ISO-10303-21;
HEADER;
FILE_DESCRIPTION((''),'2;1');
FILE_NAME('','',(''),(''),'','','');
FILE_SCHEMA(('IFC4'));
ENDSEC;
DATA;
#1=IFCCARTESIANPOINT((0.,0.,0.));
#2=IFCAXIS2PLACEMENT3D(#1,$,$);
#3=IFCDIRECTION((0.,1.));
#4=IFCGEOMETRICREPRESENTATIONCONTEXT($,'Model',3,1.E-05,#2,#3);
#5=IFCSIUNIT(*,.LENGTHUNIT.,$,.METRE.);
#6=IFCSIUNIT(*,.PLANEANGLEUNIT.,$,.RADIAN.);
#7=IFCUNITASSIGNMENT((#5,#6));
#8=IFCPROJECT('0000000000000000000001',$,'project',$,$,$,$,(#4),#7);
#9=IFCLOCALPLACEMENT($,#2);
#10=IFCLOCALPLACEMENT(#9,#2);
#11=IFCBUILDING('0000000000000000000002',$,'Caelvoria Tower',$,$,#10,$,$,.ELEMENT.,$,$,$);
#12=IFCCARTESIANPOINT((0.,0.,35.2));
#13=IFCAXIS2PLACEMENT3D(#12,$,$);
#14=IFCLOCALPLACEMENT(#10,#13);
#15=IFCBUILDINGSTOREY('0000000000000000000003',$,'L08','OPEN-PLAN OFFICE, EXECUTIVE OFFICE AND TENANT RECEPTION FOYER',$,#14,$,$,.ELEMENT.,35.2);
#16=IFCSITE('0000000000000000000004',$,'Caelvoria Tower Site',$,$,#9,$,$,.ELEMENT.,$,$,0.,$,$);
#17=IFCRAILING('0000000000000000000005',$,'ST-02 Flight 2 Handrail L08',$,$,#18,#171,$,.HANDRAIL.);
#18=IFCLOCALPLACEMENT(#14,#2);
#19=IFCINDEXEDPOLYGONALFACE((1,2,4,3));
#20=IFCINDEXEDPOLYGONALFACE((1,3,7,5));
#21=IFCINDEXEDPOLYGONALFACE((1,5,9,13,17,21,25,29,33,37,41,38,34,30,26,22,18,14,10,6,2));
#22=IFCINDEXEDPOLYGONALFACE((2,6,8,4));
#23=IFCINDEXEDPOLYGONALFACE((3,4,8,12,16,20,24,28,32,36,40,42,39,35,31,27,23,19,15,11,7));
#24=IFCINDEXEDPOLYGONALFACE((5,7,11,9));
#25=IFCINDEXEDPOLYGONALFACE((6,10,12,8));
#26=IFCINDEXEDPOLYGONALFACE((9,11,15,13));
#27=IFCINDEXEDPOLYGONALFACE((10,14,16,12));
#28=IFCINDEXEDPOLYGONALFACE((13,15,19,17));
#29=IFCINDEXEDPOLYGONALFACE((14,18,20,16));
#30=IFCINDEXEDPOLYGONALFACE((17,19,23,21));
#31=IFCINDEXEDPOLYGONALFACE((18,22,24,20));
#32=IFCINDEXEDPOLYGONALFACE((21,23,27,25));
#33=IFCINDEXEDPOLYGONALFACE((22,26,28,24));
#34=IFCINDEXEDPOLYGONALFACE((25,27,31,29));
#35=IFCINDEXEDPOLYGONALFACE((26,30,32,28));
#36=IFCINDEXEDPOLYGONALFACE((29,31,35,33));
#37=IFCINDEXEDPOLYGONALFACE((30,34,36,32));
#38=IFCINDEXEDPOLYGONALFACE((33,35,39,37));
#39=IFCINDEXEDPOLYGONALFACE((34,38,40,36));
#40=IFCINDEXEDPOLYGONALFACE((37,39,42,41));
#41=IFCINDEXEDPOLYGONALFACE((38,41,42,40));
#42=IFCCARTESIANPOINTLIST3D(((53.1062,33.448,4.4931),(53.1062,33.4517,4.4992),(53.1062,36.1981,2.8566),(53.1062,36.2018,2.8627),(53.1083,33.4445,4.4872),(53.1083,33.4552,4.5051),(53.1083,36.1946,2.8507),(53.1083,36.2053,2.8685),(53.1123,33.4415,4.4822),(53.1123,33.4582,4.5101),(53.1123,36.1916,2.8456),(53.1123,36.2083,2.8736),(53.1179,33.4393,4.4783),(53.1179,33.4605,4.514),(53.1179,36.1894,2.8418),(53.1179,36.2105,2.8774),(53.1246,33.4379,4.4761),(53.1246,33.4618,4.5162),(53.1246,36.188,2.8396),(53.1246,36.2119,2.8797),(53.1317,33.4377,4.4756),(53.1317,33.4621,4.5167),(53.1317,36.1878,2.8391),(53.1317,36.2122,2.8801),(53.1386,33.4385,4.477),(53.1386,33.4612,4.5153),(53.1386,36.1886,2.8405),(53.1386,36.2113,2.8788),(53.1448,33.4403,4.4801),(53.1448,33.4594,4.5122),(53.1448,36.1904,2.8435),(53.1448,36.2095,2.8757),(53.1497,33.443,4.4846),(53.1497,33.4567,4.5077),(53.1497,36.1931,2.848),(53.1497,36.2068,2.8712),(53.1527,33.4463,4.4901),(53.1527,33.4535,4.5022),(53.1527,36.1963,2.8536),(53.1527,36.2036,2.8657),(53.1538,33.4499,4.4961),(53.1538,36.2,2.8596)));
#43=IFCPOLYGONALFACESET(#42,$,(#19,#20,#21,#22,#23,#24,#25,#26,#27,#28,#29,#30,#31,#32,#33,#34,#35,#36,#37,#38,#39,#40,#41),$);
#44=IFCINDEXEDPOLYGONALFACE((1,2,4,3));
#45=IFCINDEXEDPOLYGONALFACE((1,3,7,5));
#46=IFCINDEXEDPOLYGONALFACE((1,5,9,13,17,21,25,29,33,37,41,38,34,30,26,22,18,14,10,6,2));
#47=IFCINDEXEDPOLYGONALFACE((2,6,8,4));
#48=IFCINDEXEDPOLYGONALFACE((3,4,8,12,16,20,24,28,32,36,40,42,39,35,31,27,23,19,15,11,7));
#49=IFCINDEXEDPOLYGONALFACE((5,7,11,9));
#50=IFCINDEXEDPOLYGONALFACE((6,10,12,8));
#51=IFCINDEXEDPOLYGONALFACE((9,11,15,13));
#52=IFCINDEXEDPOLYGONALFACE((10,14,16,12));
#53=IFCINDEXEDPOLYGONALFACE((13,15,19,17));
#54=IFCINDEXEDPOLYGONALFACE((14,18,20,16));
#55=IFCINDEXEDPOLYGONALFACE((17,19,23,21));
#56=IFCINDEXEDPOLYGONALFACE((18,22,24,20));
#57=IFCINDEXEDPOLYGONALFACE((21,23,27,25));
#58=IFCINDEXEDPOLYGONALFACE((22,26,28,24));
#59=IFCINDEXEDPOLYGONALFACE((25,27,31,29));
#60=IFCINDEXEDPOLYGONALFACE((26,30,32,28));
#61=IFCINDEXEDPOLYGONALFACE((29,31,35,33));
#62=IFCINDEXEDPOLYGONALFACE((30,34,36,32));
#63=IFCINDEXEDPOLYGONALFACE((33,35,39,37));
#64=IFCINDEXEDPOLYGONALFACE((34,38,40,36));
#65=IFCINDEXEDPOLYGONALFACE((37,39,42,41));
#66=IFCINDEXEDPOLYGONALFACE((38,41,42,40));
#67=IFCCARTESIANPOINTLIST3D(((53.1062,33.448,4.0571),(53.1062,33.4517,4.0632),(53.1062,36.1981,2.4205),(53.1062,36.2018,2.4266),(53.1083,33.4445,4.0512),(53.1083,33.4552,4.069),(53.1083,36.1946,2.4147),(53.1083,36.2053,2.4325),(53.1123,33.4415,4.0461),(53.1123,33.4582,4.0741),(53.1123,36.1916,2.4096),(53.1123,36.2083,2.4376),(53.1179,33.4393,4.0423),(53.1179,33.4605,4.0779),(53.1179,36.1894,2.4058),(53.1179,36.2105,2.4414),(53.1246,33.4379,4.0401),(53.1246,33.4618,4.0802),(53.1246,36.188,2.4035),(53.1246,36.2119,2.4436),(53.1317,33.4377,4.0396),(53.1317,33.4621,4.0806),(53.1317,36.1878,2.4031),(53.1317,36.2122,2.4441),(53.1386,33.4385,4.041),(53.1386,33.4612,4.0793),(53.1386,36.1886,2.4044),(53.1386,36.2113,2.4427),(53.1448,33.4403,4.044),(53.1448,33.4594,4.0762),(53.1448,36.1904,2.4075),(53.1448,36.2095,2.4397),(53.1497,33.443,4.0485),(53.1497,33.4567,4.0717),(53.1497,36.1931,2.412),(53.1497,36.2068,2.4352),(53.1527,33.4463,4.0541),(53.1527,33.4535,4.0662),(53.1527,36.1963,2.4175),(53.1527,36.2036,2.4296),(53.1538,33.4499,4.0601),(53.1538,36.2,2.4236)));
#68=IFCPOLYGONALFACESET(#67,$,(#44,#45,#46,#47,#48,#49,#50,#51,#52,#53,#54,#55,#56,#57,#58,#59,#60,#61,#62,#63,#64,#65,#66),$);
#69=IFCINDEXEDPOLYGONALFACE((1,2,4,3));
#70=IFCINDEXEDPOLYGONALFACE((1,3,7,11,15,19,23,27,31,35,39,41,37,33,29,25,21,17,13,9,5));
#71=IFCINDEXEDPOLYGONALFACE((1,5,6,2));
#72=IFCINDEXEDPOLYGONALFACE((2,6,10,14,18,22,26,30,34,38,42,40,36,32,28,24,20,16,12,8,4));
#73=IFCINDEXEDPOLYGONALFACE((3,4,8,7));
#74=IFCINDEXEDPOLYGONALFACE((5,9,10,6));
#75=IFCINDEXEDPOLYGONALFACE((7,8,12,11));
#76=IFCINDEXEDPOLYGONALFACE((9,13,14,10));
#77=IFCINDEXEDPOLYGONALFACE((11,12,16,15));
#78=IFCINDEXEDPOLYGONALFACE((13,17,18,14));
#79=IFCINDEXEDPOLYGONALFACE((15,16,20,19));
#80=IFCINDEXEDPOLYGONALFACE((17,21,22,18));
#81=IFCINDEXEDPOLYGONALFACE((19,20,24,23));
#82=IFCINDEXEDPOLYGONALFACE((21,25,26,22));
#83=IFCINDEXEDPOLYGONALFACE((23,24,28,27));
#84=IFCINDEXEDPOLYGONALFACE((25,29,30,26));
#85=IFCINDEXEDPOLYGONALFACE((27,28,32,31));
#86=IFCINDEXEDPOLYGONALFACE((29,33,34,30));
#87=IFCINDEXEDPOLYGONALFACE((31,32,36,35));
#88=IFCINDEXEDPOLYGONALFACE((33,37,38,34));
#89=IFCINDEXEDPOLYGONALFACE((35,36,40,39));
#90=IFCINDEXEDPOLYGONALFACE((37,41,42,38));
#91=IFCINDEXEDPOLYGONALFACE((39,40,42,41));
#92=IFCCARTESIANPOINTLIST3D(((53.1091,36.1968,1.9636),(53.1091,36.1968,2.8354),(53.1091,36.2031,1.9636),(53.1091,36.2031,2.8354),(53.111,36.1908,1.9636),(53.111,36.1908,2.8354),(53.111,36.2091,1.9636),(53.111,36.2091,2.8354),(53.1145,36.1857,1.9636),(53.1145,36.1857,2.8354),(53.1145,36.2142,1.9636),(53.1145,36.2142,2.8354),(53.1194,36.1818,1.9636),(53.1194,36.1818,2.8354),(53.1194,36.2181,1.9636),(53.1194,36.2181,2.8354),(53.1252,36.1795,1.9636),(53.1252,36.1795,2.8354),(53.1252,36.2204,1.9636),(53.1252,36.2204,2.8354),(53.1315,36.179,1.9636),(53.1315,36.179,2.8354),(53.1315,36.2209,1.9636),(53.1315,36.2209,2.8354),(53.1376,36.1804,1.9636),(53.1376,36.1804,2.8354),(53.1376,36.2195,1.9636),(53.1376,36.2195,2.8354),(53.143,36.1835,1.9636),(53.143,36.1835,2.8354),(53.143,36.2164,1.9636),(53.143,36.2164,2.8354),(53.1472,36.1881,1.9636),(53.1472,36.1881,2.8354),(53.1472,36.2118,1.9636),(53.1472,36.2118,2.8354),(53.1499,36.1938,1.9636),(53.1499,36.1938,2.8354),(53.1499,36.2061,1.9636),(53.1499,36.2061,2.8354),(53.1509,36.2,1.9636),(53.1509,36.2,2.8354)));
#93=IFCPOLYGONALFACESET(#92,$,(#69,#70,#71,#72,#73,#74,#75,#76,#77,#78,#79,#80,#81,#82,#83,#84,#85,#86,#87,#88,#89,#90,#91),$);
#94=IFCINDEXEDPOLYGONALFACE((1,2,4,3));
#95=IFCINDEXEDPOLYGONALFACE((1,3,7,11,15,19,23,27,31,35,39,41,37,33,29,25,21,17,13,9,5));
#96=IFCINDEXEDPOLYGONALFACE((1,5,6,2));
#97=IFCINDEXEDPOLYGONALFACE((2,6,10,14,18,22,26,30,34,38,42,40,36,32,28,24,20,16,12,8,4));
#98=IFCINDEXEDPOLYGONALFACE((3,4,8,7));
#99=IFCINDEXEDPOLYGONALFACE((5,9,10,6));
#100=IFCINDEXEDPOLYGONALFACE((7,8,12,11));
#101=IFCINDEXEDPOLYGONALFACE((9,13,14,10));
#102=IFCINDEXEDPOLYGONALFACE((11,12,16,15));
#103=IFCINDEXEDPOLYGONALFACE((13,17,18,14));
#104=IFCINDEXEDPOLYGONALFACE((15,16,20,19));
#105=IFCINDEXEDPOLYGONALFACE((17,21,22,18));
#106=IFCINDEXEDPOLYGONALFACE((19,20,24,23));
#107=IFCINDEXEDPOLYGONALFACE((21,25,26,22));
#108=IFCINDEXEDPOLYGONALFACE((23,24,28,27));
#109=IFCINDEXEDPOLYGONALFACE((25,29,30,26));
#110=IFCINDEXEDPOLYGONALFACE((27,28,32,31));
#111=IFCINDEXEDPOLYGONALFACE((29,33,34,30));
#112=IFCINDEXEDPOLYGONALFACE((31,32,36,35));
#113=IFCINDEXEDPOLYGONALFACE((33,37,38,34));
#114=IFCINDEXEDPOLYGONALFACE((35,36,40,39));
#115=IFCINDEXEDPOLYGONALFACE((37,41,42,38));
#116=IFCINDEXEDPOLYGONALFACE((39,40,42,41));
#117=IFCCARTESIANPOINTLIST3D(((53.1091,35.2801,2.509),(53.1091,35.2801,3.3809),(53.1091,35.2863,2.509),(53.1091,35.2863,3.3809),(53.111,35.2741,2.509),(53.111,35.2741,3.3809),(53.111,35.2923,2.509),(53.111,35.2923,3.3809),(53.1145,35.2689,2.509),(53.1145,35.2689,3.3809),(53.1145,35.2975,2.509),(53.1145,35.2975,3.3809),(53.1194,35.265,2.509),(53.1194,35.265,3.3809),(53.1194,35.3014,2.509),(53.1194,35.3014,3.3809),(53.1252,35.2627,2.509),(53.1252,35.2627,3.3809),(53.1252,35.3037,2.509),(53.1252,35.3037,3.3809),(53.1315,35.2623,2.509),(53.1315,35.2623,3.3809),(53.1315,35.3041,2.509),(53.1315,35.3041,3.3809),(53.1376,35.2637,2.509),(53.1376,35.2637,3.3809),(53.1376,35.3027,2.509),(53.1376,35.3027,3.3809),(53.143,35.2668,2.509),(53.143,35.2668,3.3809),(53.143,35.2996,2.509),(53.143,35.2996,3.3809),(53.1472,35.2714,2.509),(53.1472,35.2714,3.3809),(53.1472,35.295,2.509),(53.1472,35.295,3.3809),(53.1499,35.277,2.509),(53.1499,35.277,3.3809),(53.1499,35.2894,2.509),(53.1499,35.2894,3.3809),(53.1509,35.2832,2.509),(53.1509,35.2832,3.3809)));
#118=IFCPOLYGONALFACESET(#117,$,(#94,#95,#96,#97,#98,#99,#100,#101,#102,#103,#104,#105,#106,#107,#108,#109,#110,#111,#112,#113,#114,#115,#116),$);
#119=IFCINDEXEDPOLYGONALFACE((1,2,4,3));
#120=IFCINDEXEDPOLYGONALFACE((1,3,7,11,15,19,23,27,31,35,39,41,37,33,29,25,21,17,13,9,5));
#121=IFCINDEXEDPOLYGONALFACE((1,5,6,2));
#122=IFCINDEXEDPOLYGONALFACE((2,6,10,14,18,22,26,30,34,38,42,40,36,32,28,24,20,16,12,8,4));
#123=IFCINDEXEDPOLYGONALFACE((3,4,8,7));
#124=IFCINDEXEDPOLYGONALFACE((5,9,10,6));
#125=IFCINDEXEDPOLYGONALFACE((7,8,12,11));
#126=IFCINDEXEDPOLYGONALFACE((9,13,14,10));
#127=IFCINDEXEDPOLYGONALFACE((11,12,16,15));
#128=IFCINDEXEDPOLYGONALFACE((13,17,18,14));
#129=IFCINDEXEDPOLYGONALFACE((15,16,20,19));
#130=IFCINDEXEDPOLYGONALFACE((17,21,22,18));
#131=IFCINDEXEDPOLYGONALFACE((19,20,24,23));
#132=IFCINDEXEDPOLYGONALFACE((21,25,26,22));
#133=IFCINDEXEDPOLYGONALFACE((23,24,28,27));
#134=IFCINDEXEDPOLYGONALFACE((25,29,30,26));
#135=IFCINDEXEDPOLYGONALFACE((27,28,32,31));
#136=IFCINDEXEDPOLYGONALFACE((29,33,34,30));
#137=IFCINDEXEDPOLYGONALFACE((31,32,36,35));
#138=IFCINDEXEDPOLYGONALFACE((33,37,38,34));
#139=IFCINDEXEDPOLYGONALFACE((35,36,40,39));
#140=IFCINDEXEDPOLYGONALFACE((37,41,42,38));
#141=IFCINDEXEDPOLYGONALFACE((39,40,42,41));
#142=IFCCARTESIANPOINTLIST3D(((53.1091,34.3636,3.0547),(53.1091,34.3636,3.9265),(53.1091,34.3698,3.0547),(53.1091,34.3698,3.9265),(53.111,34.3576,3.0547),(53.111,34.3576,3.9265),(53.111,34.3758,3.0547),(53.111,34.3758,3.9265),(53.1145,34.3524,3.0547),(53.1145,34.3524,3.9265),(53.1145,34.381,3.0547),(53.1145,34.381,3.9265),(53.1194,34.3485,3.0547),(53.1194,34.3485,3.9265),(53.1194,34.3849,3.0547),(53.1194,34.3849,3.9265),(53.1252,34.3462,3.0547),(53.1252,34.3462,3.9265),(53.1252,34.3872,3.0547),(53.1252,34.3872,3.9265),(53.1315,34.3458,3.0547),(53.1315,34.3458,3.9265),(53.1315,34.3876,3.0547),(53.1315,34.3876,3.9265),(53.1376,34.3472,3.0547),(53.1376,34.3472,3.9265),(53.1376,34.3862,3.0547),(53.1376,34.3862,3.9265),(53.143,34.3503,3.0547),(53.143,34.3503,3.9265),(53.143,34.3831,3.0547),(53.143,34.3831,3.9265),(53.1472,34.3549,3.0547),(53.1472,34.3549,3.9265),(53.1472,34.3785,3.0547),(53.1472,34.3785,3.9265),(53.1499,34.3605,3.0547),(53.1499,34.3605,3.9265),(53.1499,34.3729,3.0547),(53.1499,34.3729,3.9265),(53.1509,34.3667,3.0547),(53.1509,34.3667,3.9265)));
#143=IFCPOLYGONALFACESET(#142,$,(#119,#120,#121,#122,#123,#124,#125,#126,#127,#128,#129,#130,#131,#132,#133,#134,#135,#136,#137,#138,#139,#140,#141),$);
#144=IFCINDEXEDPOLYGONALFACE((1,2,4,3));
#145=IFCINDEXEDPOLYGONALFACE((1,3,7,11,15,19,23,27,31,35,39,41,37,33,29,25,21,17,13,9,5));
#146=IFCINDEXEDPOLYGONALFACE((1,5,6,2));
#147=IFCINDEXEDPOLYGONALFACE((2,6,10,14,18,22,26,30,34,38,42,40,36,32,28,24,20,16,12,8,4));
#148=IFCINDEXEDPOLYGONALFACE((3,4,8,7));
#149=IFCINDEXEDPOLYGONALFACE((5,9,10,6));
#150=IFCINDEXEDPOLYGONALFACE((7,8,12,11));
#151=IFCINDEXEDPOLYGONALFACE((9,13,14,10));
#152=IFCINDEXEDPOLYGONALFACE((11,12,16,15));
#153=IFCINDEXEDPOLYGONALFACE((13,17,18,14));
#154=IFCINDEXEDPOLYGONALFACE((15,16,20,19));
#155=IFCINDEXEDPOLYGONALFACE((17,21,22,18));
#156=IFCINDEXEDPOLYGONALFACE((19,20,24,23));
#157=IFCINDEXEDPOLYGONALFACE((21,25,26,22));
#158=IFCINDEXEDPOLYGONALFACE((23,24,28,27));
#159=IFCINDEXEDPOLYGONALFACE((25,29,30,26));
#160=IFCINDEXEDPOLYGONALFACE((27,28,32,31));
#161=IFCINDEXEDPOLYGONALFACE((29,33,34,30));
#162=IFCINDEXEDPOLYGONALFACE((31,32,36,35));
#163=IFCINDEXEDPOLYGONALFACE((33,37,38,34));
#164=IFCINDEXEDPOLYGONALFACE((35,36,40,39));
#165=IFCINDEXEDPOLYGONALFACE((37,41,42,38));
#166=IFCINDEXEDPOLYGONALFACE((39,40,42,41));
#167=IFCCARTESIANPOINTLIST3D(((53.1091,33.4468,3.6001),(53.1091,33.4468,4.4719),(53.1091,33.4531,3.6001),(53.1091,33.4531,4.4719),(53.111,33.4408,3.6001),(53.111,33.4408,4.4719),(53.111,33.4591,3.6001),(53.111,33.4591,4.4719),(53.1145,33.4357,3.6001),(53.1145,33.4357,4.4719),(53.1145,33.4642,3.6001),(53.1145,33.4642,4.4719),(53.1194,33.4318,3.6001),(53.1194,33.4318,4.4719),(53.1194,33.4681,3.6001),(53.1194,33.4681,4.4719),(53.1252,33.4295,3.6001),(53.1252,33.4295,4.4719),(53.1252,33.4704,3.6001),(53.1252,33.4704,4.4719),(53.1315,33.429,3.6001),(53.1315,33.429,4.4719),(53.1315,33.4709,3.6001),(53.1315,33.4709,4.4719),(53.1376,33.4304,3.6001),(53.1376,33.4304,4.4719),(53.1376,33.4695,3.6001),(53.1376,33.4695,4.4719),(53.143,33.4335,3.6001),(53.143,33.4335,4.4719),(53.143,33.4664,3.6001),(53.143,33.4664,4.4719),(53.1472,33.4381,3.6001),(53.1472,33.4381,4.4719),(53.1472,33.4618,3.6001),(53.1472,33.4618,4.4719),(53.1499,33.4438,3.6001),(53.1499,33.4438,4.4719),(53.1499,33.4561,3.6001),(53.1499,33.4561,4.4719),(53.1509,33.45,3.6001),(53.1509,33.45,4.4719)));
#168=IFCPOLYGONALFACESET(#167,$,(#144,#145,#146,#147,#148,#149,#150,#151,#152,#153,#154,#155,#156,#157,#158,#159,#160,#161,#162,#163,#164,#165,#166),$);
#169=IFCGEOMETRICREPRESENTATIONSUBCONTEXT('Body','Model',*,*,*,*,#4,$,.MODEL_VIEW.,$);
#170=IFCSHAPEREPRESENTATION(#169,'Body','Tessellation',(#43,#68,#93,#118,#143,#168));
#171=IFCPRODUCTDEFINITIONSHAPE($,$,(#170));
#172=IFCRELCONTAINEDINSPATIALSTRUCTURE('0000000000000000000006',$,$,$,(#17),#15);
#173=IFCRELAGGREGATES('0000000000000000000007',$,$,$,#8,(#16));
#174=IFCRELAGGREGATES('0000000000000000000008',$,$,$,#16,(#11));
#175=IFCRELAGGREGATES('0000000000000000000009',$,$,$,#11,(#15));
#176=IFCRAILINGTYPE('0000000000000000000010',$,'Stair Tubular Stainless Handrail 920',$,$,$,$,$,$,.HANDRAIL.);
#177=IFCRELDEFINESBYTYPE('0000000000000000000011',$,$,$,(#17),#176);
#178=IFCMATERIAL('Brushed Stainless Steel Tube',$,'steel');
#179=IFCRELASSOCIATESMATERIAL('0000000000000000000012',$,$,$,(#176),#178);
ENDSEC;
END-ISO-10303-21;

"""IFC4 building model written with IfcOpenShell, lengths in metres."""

from ifc_helpers import new_model, si_unit, direction, frame, origin, origin_2d, place, context, subcontext, project, spatial, circle, extrude, material, type_object, element, save


model = new_model("IFC4")

# Units and contexts
model_context = context("Model", 3, precision=1e-05, world=origin(), true_north=direction((0.0, 1.0)))
body_context = subcontext(model_context, "Body", "Model", "MODEL_VIEW")
ifc_project = project(units=[si_unit("LENGTHUNIT", "METRE"), si_unit("PLANEANGLEUNIT", "RADIAN")], contexts=[model_context])

# Site, building, storey
site_placement = place(None, origin())
site = spatial("IfcSite", under=ifc_project, at=site_placement, Name="Caelvoria Tower Site", CompositionType="ELEMENT", RefElevation=0.0)
building_placement = place(site_placement, origin())
building = spatial("IfcBuilding", under=site, at=building_placement, Name="Caelvoria Tower", CompositionType="ELEMENT")
storey_placement = place(building_placement, frame((0.0, 0.0, 35.2)))
storey = spatial("IfcBuildingStorey", under=building, at=storey_placement, Name="L08", Description="OPEN-PLAN OFFICE, EXECUTIVE OFFICE AND TENANT RECEPTION FOYER", CompositionType="ELEMENT", Elevation=35.2)

# Railing
ifc_material_1 = material(Name="Brushed Stainless Steel Tube", Category="steel")
railing_type_1 = type_object("IfcRailingType", Name="Stair Tubular Stainless Handrail 920", PredefinedType="HANDRAIL", material=ifc_material_1)
railing_1_placement = place(storey_placement, frame((53.1299, 36.2, 1.9636)))
element("IfcRailing", 1, at=railing_1_placement, inside=storey, type_object=railing_type_1, Name="ST-02 Flight 2 Handrail L08", PredefinedType="HANDRAIL", context=body_context, shape_type="SweptSolid", body=[
    extrude(circle(Radius=0.0239, at=origin_2d()), frame((0.0, 0.0, 0.896), z_axis=(0.0, -0.859352, 0.511385), x_axis=(1.0, 0.0, 0.0)), (0.0, 0.0, 1.0), 3.2002),
    extrude(circle(Radius=0.0239, at=origin_2d()), frame((0.0, 0.0, 0.46), z_axis=(0.0, -0.859352, 0.511385), x_axis=(1.0, 0.0, 0.0)), (0.0, 0.0, 1.0), 3.2002),
    extrude(circle(Radius=0.021, at=origin_2d()), origin(), (0.0, 0.0, 1.0), 0.8718),
    extrude(circle(Radius=0.021, at=origin_2d()), frame((0.0, -0.9167, 0.5454)), (0.0, 0.0, 1.0), 0.8718),
    extrude(circle(Radius=0.021, at=origin_2d()), frame((0.0, -1.8333, 1.0911)), (0.0, 0.0, 1.0), 0.8718),
    extrude(circle(Radius=0.021, at=origin_2d()), frame((0.0, -2.75, 1.6365)), (0.0, 0.0, 1.0), 0.8718),
])

save(model, "model.ifc")
